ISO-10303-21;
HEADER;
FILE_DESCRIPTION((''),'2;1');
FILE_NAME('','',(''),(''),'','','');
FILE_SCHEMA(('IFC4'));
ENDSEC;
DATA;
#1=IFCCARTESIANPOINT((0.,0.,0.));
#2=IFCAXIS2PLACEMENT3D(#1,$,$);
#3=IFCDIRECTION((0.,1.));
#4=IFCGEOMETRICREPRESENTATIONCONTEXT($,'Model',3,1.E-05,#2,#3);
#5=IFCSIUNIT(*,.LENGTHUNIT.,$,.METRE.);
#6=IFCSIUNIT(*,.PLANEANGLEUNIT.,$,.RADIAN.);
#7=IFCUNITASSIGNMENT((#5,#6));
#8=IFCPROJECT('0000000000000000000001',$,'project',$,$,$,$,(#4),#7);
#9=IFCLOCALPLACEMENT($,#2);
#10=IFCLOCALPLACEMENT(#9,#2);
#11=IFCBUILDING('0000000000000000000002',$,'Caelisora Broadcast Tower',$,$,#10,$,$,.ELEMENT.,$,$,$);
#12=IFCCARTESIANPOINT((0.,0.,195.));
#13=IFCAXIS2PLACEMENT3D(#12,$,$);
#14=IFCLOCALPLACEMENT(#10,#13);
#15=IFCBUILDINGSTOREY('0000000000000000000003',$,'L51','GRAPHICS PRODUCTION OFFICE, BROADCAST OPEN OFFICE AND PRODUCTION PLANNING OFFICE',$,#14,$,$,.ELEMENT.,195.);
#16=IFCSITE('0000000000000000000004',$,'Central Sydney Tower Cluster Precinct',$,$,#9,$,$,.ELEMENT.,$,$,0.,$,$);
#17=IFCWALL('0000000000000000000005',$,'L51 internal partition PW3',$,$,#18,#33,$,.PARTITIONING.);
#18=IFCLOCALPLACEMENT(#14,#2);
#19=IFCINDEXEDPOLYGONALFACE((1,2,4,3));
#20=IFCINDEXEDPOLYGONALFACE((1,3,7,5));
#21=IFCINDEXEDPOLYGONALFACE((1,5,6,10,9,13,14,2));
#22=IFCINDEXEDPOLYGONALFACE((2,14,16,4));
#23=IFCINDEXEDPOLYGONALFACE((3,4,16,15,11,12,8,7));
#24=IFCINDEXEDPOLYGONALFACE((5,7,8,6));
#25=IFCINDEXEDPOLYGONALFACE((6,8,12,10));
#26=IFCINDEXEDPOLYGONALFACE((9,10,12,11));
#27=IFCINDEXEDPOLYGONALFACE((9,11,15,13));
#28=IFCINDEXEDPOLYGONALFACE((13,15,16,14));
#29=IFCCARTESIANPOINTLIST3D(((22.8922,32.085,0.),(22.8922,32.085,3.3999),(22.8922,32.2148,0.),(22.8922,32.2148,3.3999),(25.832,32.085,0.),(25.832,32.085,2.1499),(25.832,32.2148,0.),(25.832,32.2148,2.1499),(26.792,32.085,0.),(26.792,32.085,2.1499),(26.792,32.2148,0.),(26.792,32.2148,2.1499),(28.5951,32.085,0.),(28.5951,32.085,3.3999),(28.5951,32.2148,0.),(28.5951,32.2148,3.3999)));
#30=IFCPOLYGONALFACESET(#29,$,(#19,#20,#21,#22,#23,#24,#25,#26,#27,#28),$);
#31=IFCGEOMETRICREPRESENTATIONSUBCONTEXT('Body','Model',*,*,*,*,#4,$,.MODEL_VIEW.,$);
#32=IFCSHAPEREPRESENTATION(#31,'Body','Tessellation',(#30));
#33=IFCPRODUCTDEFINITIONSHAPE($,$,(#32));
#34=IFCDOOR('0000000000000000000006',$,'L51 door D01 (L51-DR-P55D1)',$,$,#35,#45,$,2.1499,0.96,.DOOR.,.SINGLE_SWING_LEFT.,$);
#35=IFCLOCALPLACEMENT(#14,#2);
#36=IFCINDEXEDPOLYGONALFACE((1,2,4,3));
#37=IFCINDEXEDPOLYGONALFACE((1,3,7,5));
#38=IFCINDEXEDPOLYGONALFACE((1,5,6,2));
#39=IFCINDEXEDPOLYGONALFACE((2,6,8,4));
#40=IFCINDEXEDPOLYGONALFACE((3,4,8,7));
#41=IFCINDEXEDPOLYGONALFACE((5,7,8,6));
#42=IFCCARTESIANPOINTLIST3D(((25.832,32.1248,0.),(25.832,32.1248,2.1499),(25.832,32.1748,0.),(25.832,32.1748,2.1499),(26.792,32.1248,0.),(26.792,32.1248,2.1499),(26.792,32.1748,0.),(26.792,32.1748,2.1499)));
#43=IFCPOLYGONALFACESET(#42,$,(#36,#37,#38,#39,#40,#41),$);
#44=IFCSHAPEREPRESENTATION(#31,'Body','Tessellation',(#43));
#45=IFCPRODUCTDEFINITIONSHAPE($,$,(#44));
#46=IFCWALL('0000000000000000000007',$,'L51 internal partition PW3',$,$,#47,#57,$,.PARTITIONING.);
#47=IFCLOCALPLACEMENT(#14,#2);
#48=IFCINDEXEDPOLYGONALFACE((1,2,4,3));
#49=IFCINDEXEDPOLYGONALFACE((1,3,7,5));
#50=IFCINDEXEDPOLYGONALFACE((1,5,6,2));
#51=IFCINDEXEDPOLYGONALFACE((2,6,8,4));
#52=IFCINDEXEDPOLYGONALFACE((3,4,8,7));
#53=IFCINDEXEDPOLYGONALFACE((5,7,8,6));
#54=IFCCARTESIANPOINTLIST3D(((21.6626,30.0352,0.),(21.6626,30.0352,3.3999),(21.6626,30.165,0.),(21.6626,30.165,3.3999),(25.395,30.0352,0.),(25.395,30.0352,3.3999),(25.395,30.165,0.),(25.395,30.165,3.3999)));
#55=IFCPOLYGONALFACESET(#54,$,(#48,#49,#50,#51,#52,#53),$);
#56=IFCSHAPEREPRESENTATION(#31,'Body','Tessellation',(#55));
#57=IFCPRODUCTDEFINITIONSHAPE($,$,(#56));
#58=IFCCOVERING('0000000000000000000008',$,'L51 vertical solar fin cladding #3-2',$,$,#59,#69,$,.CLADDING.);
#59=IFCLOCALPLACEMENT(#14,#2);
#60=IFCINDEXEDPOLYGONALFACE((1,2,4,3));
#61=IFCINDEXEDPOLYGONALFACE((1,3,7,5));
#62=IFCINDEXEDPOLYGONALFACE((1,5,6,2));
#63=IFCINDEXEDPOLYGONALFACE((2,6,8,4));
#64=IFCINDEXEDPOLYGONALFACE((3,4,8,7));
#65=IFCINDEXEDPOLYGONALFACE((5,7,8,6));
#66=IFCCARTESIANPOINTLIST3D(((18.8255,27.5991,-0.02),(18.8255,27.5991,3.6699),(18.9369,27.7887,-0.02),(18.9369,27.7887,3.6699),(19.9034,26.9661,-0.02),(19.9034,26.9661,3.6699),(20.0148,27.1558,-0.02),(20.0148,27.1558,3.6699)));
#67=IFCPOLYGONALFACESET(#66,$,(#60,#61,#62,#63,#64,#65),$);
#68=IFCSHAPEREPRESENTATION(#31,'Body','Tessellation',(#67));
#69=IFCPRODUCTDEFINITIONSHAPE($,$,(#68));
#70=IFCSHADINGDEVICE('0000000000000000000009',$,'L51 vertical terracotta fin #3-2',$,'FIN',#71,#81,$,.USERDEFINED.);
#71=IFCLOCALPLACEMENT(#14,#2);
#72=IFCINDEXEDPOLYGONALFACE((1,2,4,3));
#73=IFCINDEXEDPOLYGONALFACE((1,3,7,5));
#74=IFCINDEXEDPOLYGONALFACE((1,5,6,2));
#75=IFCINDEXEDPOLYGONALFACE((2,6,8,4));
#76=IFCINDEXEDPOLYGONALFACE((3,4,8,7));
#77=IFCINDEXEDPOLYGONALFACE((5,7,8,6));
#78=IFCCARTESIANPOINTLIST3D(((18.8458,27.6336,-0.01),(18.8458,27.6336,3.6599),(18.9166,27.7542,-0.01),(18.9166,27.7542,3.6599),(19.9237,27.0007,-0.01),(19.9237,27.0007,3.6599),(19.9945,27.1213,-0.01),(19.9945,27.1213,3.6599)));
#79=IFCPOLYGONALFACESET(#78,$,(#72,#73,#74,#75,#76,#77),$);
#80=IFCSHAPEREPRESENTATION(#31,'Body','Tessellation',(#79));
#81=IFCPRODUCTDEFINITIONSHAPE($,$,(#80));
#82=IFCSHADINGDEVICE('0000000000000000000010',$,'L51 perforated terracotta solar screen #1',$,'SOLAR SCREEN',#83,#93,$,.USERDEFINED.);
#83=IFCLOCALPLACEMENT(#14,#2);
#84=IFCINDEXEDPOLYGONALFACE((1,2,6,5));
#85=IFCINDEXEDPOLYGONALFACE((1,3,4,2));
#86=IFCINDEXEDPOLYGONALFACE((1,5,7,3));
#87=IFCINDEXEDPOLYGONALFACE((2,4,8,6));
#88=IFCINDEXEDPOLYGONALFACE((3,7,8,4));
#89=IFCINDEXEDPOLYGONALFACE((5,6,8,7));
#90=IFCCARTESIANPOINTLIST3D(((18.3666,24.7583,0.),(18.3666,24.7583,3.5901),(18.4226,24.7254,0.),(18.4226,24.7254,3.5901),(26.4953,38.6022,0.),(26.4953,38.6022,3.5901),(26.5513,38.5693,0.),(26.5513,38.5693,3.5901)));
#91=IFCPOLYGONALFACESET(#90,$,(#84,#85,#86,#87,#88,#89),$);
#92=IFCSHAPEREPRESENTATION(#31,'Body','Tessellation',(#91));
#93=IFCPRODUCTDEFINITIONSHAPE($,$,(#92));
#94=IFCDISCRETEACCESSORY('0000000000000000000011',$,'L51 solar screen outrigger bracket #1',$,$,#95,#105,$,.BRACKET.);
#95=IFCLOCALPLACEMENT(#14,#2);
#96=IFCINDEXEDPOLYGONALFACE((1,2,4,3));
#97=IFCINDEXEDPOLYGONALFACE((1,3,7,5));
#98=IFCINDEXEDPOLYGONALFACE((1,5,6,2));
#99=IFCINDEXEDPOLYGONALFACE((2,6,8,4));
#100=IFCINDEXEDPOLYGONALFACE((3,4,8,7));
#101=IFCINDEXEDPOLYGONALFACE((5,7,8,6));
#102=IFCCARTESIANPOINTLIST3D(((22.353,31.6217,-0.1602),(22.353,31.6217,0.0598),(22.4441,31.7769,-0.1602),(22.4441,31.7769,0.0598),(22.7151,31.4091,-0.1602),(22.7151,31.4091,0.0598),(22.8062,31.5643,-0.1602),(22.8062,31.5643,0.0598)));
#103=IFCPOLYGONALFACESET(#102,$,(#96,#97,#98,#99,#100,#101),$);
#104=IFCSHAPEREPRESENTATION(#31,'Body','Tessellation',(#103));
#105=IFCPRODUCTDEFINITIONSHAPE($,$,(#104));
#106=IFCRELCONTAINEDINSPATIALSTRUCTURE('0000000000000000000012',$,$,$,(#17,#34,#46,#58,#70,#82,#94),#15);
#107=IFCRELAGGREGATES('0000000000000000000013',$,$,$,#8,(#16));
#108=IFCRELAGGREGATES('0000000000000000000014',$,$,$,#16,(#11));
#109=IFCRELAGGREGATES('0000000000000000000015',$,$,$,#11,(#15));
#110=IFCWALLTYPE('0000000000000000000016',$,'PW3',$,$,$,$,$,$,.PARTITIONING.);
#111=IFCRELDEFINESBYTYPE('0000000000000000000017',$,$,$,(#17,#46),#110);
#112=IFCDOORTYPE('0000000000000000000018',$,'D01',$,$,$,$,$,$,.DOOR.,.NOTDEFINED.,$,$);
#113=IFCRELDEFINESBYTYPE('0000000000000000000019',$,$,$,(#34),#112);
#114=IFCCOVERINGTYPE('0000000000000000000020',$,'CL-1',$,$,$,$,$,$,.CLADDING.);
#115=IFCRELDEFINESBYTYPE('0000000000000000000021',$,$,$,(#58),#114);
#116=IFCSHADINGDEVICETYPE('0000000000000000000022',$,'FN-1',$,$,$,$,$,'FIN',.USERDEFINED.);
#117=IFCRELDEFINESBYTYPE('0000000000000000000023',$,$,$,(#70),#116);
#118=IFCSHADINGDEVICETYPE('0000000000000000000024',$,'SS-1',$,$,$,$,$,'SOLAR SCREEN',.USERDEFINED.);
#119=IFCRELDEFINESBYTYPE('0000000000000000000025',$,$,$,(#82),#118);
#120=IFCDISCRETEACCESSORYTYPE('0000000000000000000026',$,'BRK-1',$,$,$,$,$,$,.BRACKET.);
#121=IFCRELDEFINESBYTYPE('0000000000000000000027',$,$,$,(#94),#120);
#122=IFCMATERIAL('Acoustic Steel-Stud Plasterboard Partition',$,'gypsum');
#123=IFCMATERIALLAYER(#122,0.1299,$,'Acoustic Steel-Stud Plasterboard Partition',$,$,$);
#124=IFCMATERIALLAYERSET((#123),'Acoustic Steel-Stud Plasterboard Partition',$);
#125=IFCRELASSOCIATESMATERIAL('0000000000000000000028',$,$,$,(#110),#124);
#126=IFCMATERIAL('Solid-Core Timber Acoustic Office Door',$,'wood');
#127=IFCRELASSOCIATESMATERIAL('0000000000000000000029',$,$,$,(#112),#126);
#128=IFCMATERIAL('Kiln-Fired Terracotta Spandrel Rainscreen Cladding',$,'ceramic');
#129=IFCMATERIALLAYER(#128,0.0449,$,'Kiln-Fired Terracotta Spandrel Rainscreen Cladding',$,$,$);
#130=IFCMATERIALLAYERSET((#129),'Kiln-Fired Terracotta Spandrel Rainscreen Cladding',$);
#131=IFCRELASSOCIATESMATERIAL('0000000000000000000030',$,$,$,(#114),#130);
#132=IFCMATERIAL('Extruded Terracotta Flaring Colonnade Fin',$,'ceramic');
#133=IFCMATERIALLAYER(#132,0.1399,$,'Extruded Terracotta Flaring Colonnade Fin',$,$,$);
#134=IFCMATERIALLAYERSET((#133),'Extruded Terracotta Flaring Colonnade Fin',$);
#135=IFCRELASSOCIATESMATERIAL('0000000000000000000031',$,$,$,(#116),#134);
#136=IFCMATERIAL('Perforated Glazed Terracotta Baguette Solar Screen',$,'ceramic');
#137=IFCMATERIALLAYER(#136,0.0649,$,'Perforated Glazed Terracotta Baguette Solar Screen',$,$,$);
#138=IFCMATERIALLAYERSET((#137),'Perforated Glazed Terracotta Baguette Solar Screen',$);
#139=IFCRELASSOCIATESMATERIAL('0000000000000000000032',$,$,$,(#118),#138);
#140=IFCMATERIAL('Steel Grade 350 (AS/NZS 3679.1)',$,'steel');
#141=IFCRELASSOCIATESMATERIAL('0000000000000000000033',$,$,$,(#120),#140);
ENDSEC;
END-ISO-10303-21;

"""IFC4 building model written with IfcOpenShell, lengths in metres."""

from ifc_helpers import new_model, si_unit, direction, frame, frame_2d, origin, origin_2d, place, context, subcontext, project, spatial, rectangle, extrude, source, transform, mapped, material, layer, layer_set, type_object, type_shapes, element, fill, save


model = new_model("IFC4")

# Units and contexts
model_context = context("Model", 3, precision=1e-05, world=origin(), true_north=direction((0.0, 1.0)))
body_context = subcontext(model_context, "Body", "Model", "MODEL_VIEW")
ifc_project = project(units=[si_unit("LENGTHUNIT", "METRE"), si_unit("PLANEANGLEUNIT", "RADIAN")], contexts=[model_context])

# Site, building, storey
site_placement = place(None, origin())
site = spatial("IfcSite", under=ifc_project, at=site_placement, Name="Central Sydney Tower Cluster Precinct", CompositionType="ELEMENT", RefElevation=0.0)
building_placement = place(site_placement, origin())
building = spatial("IfcBuilding", under=site, at=building_placement, Name="Caelisora Broadcast Tower", CompositionType="ELEMENT")
storey_placement = place(building_placement, frame((0.0, 0.0, 195.0)))
storey = spatial("IfcBuildingStorey", under=building, at=storey_placement, Name="L51", Description="GRAPHICS PRODUCTION OFFICE, BROADCAST OPEN OFFICE AND PRODUCTION PLANNING OFFICE", CompositionType="ELEMENT", Elevation=195.0)

# Shared definitions
ifc_material_1 = material(Name="Steel Grade 350 (AS/NZS 3679.1)", Category="steel")

# Wall, opening, door
ifc_material_2 = material(Name="Acoustic Steel-Stud Plasterboard Partition", Category="gypsum")
ifc_layer_1 = layer(ifc_material_2, 0.1299, Name="Acoustic Steel-Stud Plasterboard Partition")
ifc_layer_set_1 = layer_set([ifc_layer_1], Name="Acoustic Steel-Stud Plasterboard Partition")
wall_type_1 = type_object("IfcWallType", Name="PW3", PredefinedType="PARTITIONING", material=ifc_layer_set_1)
ifc_material_3 = material(Name="Solid-Core Timber Acoustic Office Door", Category="wood")
door_type_1 = type_object("IfcDoorType", Name="D01", OperationType="NOTDEFINED", PredefinedType="DOOR", material=ifc_material_3)
wall_1_placement = place(storey_placement, frame((22.8921, 32.1499, 0.0), z_axis=(0.0, 0.0, 1.0), x_axis=(1.0, 0.0, 0.0)))
wall_1 = element("IfcWall", 1, at=wall_1_placement, inside=storey, type_object=wall_type_1, Name="L51 internal partition PW3", PredefinedType="PARTITIONING", context=body_context, shape_type="SweptSolid", body=[
    extrude(rectangle(XDim=5.7029, YDim=0.1299, at=frame_2d((2.8516, 0.0))), origin(), (0.0, 0.0, 1.0), 3.3999),
])
opening_1_placement = place(wall_1_placement, frame((2.9399, 0.0, 0.0)))
opening_1 = element("IfcOpeningElement", 2, at=opening_1_placement, cuts=wall_1, PredefinedType="OPENING", context=body_context, shape_type="SweptSolid", body=[
    extrude(rectangle(XDim=0.96, YDim=2.1499, at=frame_2d((0.48, 1.075))), frame((0.0, 0.0769, 0.0), z_axis=(0.0, -1.0, 0.0), x_axis=(1.0, 0.0, 0.0)), (0.0, 0.0, 1.0), 0.1538),
])
door_1_placement = place(opening_1_placement, origin())
door_1 = element("IfcDoor", 3, at=door_1_placement, inside=storey, type_object=door_type_1, Name="L51 door D01 (L51-DR-P55D1)", OperationType="SINGLE_SWING_LEFT", OverallHeight=2.1499, OverallWidth=0.96, PredefinedType="DOOR", context=body_context, shape_type="SweptSolid", body=[
    extrude(rectangle(XDim=0.96, YDim=2.1499, at=frame_2d((0.48, 1.075))), frame((0.0, 0.0249, 0.0), z_axis=(0.0, -1.0, 0.0), x_axis=(1.0, 0.0, 0.0)), (0.0, 0.0, 1.0), 0.05),
])
fill(opening_1, door_1)

# Wall
wall_2_placement = place(storey_placement, frame((21.6626, 30.1001, 0.0), z_axis=(0.0, 0.0, 1.0), x_axis=(1.0, 0.0, 0.0)))
element("IfcWall", 4, at=wall_2_placement, inside=storey, type_object=wall_type_1, Name="L51 internal partition PW3", PredefinedType="PARTITIONING", context=body_context, shape_type="SweptSolid", body=[
    extrude(rectangle(XDim=3.7324, YDim=0.1299, at=frame_2d((1.8662, 0.0))), origin(), (0.0, 0.0, 1.0), 3.3999),
])

# Covering
ifc_material_4 = material(Name="Kiln-Fired Terracotta Spandrel Rainscreen Cladding", Category="ceramic")
ifc_layer_2 = layer(ifc_material_4, 0.0449, Name="Kiln-Fired Terracotta Spandrel Rainscreen Cladding")
ifc_layer_set_2 = layer_set([ifc_layer_2], Name="Kiln-Fired Terracotta Spandrel Rainscreen Cladding")
covering_type = type_object("IfcCoveringType", Name="CL-1", PredefinedType="CLADDING", material=ifc_layer_set_2)
shared_shape_1 = source(origin(), body_context, "Body", "SweptSolid", [
    extrude(rectangle(XDim=0.22, YDim=1.25, at=origin_2d()), origin(), (0.0, 0.0, 1.0), 3.6899),
])
type_shapes(covering_type, [shared_shape_1])
covering_placement = place(storey_placement, frame((19.4202, 27.3774, -0.02), z_axis=(0.0, 0.0, 1.0), x_axis=(0.506335, 0.862337, 0.0)))
element("IfcCovering", 5, at=covering_placement, inside=storey, type_object=covering_type, Name="L51 vertical solar fin cladding #3-2", PredefinedType="CLADDING", context=body_context, shape_type="MappedRepresentation", body=[
    mapped(shared_shape_1, transform((0.0, 0.0, 0.0), scale=1.0)),
])

# Shading devices
ifc_material_5 = material(Name="Extruded Terracotta Flaring Colonnade Fin", Category="ceramic")
ifc_layer_3 = layer(ifc_material_5, 0.1399, Name="Extruded Terracotta Flaring Colonnade Fin")
ifc_layer_set_3 = layer_set([ifc_layer_3], Name="Extruded Terracotta Flaring Colonnade Fin")
shading_device_type_1 = type_object("IfcShadingDeviceType", Name="FN-1", ElementType="FIN", PredefinedType="USERDEFINED", material=ifc_layer_set_3)
shared_shape_2 = source(origin(), body_context, "Body", "SweptSolid", [
    extrude(rectangle(XDim=0.1399, YDim=1.25, at=origin_2d()), origin(), (0.0, 0.0, 1.0), 3.6699),
])
type_shapes(shading_device_type_1, [shared_shape_2])
shading_device_1_placement = place(storey_placement, frame((19.4202, 27.3774, -0.01), z_axis=(0.0, 0.0, 1.0), x_axis=(0.506335, 0.862337, 0.0)))
element("IfcShadingDevice", 6, at=shading_device_1_placement, inside=storey, type_object=shading_device_type_1, Name="L51 vertical terracotta fin #3-2", ObjectType="FIN", PredefinedType="USERDEFINED", context=body_context, shape_type="MappedRepresentation", body=[
    mapped(shared_shape_2, transform((0.0, 0.0, 0.0), scale=1.0)),
])
ifc_material_6 = material(Name="Perforated Glazed Terracotta Baguette Solar Screen", Category="ceramic")
ifc_layer_4 = layer(ifc_material_6, 0.0649, Name="Perforated Glazed Terracotta Baguette Solar Screen")
ifc_layer_set_4 = layer_set([ifc_layer_4], Name="Perforated Glazed Terracotta Baguette Solar Screen")
shading_device_type_2 = type_object("IfcShadingDeviceType", Name="SS-1", ElementType="SOLAR SCREEN", PredefinedType="USERDEFINED", material=ifc_layer_set_4)
shared_shape_3 = source(origin(), body_context, "Body", "SweptSolid", [
    extrude(rectangle(XDim=16.054, YDim=0.0649, at=origin_2d()), origin(), (0.0, 0.0, 1.0), 3.5901),
])
type_shapes(shading_device_type_2, [shared_shape_3])
shading_device_2_placement = place(storey_placement, frame((22.459, 31.6638, 0.0), z_axis=(0.0, 0.0, 1.0), x_axis=(-0.506335, -0.862337, 0.0)))
element("IfcShadingDevice", 7, at=shading_device_2_placement, inside=storey, type_object=shading_device_type_2, Name="L51 perforated terracotta solar screen #1", ObjectType="SOLAR SCREEN", PredefinedType="USERDEFINED", context=body_context, shape_type="MappedRepresentation", body=[
    mapped(shared_shape_3, transform((0.0, 0.0, 0.0), scale=1.0)),
])

# Discrete accessory
discrete_accessory_type = type_object("IfcDiscreteAccessoryType", Name="BRK-1", PredefinedType="BRACKET", material=ifc_material_1)
shared_shape_4 = source(origin(), body_context, "Body", "SweptSolid", [
    extrude(rectangle(XDim=0.1799, YDim=0.4199, at=origin_2d()), origin(), (0.0, 0.0, 1.0), 0.22),
])
type_shapes(discrete_accessory_type, [shared_shape_4])
discrete_accessory_placement = place(storey_placement, frame((22.5796, 31.593, -0.1602), z_axis=(0.0, 0.0, 1.0), x_axis=(-0.506335, -0.862337, 0.0)))
element("IfcDiscreteAccessory", 8, at=discrete_accessory_placement, inside=storey, type_object=discrete_accessory_type, Name="L51 solar screen outrigger bracket #1", PredefinedType="BRACKET", context=body_context, shape_type="MappedRepresentation", body=[
    mapped(shared_shape_4, transform((0.0, 0.0, 0.0), scale=1.0)),
])

save(model, "model.ifc")
